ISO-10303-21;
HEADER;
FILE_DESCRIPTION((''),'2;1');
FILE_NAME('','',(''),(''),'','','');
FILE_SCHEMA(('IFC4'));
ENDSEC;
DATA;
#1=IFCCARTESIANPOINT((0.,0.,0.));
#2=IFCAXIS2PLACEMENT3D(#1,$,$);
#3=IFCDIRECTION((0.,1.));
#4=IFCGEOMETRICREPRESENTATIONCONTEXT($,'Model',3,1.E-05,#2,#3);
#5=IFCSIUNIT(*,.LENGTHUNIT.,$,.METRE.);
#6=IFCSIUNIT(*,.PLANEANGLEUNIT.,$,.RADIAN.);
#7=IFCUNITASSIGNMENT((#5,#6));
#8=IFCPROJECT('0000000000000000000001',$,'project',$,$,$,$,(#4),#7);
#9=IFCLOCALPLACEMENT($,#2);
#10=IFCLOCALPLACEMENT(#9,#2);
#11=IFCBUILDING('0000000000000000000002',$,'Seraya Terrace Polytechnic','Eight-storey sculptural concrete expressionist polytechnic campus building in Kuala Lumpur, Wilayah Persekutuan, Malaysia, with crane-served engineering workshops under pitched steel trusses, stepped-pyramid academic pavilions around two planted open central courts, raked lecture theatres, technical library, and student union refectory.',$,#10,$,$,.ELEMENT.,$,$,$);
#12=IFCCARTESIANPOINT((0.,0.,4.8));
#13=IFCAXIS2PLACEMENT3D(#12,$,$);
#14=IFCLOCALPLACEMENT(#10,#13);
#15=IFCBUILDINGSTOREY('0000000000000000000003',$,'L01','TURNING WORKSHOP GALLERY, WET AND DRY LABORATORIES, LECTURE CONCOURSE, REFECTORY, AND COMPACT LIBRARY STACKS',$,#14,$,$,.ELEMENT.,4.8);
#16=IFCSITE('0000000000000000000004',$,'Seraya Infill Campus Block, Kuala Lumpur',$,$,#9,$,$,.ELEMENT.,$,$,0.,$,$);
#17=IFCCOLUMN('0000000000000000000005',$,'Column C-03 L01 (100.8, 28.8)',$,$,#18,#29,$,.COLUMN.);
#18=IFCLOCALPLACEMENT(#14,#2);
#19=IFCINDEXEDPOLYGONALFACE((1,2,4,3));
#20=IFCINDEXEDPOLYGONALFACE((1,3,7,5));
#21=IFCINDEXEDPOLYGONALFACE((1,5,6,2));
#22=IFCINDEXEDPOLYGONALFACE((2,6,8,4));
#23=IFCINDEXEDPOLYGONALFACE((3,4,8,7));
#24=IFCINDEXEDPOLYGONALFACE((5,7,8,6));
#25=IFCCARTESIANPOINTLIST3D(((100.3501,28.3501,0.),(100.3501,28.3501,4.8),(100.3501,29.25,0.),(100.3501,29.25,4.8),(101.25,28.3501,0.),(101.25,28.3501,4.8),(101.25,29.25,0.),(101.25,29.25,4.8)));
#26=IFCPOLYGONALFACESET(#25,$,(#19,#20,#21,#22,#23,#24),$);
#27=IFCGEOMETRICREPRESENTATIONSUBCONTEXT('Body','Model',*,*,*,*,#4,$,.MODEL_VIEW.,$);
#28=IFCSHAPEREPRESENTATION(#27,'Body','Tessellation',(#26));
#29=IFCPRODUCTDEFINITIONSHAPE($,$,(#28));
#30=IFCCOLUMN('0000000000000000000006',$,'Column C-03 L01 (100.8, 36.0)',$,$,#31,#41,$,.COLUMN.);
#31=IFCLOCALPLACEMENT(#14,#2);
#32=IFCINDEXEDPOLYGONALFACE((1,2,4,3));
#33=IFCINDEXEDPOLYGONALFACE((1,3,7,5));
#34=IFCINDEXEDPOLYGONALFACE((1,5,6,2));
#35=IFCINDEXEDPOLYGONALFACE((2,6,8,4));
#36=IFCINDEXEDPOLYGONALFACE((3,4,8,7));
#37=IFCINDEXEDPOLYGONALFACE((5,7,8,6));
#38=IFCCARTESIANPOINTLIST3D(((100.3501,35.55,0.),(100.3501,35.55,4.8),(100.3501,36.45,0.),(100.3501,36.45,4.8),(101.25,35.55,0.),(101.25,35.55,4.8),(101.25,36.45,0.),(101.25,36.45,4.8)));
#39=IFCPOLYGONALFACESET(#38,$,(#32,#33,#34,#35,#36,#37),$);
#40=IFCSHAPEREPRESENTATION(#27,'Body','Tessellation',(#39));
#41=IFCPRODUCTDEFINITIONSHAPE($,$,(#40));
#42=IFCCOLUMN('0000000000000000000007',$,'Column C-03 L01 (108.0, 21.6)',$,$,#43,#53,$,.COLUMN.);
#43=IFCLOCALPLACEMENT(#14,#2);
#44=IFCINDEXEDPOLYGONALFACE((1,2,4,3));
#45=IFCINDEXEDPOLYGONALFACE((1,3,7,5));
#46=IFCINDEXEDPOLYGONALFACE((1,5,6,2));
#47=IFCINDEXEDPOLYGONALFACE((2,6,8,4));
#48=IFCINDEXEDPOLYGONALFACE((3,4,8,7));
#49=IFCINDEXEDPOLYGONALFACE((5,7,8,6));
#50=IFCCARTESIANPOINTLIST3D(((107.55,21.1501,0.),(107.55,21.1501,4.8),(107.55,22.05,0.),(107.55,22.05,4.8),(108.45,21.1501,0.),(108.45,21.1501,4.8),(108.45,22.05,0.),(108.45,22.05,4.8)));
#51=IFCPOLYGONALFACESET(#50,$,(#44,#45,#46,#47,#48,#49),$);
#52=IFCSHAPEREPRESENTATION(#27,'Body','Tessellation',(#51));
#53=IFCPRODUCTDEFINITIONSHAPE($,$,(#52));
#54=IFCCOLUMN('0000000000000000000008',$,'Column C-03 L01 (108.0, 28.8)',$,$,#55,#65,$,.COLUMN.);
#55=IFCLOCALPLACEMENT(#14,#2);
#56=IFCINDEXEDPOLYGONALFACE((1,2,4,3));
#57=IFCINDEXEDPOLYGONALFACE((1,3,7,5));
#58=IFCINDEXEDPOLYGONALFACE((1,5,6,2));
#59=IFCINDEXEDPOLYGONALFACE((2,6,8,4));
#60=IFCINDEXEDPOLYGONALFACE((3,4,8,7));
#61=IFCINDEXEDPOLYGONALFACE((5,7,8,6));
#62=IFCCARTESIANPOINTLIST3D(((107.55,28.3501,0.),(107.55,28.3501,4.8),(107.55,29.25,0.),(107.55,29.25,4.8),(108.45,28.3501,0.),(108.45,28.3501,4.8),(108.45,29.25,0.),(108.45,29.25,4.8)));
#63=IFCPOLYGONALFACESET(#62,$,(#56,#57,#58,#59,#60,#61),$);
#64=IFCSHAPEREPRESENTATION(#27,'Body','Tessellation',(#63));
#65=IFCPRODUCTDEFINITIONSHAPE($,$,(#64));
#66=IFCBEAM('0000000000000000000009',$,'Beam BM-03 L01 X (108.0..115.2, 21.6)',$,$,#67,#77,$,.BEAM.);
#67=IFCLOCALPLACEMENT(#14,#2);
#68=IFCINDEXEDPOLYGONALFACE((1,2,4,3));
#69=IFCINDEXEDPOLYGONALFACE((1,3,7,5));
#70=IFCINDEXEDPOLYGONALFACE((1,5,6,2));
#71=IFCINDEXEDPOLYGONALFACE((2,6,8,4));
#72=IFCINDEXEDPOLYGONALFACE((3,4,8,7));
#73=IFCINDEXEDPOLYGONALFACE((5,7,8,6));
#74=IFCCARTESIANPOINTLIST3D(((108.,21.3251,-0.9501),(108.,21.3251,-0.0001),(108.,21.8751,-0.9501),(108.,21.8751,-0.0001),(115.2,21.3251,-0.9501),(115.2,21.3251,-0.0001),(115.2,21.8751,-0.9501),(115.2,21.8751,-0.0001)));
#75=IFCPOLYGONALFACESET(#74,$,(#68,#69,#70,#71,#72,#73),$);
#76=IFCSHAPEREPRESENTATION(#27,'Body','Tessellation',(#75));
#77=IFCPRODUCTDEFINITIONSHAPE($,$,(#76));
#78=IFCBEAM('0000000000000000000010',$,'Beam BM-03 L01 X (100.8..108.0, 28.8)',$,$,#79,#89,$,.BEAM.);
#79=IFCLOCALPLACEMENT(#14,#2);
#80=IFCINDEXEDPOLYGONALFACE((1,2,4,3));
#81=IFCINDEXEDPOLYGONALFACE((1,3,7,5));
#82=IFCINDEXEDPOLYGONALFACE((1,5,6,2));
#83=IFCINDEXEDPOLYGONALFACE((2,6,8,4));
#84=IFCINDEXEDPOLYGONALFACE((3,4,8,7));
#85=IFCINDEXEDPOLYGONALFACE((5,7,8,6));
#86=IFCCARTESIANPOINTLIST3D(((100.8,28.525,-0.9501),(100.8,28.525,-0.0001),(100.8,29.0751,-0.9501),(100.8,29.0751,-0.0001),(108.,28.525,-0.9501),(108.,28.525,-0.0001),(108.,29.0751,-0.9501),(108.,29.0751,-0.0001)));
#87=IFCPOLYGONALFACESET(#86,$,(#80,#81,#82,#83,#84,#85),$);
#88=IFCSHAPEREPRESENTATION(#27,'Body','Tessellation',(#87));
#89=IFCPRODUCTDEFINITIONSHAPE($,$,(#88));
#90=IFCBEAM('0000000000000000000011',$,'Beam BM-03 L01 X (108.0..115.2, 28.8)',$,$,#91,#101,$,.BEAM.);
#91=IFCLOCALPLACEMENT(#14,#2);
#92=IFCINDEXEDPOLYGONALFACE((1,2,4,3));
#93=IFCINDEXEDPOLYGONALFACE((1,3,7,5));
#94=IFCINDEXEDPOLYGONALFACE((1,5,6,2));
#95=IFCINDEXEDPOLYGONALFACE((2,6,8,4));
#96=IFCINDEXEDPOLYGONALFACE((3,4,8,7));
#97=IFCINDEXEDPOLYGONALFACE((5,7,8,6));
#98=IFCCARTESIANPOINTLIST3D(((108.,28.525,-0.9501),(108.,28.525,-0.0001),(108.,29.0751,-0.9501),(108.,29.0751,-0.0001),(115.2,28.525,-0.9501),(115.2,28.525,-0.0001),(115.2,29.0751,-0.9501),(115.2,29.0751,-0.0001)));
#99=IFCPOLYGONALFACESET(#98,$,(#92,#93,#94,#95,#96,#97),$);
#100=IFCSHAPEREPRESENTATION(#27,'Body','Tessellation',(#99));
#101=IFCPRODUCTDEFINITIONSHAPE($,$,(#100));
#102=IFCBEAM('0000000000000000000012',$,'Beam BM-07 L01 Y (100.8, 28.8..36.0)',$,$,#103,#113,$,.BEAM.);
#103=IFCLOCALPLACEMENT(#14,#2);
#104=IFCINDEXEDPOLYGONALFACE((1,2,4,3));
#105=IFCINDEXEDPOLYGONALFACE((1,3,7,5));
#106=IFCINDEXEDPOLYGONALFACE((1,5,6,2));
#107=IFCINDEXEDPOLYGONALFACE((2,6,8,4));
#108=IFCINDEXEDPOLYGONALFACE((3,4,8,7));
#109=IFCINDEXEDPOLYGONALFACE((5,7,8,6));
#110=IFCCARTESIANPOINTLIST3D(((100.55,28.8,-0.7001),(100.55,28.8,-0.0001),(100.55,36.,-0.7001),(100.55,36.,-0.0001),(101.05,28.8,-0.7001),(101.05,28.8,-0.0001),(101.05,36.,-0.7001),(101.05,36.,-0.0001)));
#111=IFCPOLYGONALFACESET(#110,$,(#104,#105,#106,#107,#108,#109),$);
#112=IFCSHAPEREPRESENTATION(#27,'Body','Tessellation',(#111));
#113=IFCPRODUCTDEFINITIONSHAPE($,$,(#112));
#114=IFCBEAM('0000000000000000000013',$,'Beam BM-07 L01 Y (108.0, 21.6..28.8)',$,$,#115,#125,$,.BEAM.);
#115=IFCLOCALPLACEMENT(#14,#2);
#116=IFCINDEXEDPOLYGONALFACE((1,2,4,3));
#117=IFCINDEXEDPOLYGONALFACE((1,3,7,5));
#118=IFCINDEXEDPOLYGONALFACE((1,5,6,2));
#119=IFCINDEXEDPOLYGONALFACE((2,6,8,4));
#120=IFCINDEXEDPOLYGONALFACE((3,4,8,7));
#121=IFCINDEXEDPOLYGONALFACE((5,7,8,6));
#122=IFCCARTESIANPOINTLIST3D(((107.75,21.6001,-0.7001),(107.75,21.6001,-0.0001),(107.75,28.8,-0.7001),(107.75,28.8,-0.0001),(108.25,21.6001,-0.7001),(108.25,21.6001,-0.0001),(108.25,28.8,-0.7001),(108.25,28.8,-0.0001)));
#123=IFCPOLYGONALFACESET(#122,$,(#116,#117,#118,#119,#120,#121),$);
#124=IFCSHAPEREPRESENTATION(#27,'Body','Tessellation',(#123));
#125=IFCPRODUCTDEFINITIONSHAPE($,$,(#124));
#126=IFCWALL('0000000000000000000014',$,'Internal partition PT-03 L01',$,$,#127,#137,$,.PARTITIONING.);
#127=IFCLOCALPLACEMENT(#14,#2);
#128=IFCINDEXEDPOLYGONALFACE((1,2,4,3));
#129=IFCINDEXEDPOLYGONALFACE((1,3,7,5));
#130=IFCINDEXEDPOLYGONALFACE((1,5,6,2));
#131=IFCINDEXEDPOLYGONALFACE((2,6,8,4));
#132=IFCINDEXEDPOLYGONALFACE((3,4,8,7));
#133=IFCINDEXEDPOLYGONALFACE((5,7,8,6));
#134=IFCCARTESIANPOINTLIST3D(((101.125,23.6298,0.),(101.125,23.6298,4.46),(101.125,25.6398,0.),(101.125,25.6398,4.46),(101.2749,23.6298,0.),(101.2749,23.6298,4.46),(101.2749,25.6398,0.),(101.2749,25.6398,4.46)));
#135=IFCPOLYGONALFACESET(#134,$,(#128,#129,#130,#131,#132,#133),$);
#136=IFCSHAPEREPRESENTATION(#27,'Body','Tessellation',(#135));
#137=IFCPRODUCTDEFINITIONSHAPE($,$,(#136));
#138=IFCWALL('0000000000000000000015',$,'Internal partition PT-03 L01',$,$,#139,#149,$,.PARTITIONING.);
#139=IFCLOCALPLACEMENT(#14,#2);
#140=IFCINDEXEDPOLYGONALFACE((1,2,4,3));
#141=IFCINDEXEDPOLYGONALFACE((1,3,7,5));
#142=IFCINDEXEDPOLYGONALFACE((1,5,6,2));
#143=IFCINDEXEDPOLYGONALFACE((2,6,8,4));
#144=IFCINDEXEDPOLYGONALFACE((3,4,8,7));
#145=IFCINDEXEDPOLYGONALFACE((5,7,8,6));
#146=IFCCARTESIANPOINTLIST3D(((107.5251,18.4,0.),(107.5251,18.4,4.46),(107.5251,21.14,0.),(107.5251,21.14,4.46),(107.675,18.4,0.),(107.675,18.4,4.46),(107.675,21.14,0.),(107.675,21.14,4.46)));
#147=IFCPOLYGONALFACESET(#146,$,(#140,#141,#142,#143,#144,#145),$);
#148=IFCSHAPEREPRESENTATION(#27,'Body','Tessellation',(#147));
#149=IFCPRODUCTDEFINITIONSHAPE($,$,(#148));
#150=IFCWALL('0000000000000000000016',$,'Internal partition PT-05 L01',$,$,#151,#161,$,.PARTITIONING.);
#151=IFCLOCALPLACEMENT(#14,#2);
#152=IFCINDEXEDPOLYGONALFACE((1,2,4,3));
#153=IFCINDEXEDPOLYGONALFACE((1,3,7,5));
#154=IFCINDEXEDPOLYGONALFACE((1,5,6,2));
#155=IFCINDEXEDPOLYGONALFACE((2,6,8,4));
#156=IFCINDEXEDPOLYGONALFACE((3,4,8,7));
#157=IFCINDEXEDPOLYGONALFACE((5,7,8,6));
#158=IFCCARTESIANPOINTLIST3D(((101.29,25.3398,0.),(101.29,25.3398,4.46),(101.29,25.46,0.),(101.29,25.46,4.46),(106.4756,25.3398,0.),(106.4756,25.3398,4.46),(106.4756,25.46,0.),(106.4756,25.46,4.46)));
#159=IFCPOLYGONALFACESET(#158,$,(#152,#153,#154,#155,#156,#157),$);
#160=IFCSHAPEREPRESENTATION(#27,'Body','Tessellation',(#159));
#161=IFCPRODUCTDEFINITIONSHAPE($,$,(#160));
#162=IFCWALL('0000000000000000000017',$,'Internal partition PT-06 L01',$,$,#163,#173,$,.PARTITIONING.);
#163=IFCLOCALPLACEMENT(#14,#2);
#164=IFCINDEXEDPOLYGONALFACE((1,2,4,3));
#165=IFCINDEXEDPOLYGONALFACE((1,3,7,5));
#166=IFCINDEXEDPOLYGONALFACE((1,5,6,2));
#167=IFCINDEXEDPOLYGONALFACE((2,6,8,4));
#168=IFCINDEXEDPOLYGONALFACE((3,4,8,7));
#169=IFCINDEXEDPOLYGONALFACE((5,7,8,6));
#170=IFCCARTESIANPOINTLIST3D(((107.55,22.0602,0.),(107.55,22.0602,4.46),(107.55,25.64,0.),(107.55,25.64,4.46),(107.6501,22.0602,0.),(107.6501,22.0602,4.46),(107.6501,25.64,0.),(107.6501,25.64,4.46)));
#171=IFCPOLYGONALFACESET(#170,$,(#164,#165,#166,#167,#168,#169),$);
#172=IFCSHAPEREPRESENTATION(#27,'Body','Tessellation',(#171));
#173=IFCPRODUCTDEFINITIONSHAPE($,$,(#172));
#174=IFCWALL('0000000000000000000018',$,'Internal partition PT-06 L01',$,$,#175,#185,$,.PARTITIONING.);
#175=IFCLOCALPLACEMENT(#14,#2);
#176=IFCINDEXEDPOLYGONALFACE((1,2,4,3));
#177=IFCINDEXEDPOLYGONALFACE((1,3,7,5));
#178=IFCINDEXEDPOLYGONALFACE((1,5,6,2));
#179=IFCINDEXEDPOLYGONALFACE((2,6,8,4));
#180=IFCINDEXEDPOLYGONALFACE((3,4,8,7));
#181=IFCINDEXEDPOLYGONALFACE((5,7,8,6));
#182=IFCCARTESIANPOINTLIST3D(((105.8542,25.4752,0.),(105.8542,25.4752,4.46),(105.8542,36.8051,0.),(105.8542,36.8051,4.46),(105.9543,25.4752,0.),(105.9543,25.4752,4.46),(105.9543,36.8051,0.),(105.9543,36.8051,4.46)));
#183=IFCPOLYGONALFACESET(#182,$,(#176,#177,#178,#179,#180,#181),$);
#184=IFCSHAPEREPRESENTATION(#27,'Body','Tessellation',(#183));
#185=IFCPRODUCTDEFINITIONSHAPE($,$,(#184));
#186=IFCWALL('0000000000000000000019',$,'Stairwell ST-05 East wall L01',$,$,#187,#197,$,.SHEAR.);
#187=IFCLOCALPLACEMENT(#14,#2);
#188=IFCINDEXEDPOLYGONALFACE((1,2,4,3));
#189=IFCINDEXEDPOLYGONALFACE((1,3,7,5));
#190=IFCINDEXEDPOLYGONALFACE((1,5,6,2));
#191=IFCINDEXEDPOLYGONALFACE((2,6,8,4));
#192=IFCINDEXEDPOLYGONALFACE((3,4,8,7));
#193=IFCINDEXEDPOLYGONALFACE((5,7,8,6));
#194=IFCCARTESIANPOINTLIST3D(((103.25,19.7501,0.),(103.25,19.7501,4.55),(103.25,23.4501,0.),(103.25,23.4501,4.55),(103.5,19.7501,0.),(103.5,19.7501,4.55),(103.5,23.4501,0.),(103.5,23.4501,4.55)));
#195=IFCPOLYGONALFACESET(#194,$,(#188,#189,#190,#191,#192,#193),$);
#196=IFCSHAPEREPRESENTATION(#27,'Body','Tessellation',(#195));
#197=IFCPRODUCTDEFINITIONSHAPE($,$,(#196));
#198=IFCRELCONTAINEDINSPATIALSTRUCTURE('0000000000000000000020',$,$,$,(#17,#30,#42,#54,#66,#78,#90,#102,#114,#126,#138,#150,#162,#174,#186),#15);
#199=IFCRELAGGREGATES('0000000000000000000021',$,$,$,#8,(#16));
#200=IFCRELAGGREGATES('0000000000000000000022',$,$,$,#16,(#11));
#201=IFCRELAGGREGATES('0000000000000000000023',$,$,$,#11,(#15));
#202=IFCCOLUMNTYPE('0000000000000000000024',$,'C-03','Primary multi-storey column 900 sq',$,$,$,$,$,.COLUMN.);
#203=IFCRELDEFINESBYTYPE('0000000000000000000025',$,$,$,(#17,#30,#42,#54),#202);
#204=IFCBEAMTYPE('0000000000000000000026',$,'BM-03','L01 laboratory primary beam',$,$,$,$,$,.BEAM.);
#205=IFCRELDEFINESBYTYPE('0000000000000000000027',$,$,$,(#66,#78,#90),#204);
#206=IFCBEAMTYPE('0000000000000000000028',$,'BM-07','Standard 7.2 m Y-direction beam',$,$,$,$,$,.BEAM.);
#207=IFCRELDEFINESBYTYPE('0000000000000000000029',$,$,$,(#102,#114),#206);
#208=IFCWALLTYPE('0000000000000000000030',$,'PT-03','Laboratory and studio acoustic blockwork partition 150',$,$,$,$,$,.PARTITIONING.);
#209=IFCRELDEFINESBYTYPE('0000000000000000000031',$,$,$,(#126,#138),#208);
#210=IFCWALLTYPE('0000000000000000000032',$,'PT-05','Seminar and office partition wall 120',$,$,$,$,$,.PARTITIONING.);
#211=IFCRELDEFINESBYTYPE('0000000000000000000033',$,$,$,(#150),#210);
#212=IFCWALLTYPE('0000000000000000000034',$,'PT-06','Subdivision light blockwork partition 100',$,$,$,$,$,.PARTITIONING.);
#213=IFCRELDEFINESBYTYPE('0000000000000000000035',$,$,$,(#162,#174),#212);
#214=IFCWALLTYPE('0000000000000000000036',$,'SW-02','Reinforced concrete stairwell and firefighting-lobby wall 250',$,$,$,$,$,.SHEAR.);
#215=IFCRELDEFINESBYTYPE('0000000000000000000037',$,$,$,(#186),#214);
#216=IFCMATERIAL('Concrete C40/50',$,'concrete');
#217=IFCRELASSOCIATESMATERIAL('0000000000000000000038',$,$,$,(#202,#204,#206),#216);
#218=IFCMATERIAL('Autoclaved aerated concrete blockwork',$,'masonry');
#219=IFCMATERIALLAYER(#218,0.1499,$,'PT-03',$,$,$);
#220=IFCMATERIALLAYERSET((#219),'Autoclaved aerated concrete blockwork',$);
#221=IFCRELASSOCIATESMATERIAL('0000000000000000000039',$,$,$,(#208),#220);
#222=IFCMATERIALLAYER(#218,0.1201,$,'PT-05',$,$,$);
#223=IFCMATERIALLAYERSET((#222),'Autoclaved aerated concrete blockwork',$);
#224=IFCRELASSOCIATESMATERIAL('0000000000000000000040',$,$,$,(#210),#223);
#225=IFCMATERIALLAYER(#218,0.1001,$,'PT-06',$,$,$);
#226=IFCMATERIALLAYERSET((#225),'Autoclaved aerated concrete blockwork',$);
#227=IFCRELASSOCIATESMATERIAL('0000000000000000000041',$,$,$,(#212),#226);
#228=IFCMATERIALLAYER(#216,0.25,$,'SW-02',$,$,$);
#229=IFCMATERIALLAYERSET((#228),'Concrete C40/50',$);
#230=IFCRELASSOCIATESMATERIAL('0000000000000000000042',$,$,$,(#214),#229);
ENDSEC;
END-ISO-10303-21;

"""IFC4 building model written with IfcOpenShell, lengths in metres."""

from ifc_helpers import new_model, si_unit, direction, frame, frame_2d, origin, origin_2d, place, context, subcontext, project, spatial, rectangle, extrude, material, layer, layer_set, material_profile, profile_set, type_object, element, save


model = new_model("IFC4")

# Units and contexts
model_context = context("Model", 3, precision=1e-05, world=origin(), true_north=direction((0.0, 1.0)))
body_context = subcontext(model_context, "Body", "Model", "MODEL_VIEW")
ifc_project = project(units=[si_unit("LENGTHUNIT", "METRE"), si_unit("PLANEANGLEUNIT", "RADIAN")], contexts=[model_context])

# Site, building, storey
site_placement = place(None, origin())
site = spatial("IfcSite", under=ifc_project, at=site_placement, Name="Seraya Infill Campus Block, Kuala Lumpur", CompositionType="ELEMENT", RefElevation=0.0)
building_placement = place(site_placement, origin())
building = spatial("IfcBuilding", under=site, at=building_placement, Name="Seraya Terrace Polytechnic", Description="Eight-storey sculptural concrete expressionist polytechnic campus building in Kuala Lumpur, Wilayah Persekutuan, Malaysia, with crane-served engineering workshops under pitched steel trusses, stepped-pyramid academic pavilions around two planted open central courts, raked lecture theatres, technical library, and student union refectory.", CompositionType="ELEMENT")
storey_placement = place(building_placement, frame((0.0, 0.0, 4.8)))
storey = spatial("IfcBuildingStorey", under=building, at=storey_placement, Name="L01", Description="TURNING WORKSHOP GALLERY, WET AND DRY LABORATORIES, LECTURE CONCOURSE, REFECTORY, AND COMPACT LIBRARY STACKS", CompositionType="ELEMENT", Elevation=4.8)

# Columns
ifc_material_1 = material(Name="Concrete C40/50", Category="concrete")
ifc_material_profile_1 = material_profile(ifc_material_1, rectangle(XDim=0.8999, YDim=0.8999, at=origin_2d()), Name="RC 900x900")
ifc_profile_set_1 = profile_set([ifc_material_profile_1], Name="Concrete C40/50")
column_type = type_object("IfcColumnType", Name="C-03", Description="Primary multi-storey column 900 sq", PredefinedType="COLUMN", material=ifc_profile_set_1)
for number, where, z_axis, x_axis, name in (
    (1, (100.8, 28.8, 0.0), (0.0, 0.0, 1.0), (1.0, 0.0, 0.0), "Column C-03 L01 (100.8, 28.8)"),
    (2, (100.8, 36.0, 0.0), (0.0, 0.0, 1.0), (1.0, 0.0, 0.0), "Column C-03 L01 (100.8, 36.0)"),
    (3, (108.0, 21.6001, 0.0), (0.0, 0.0, 1.0), (1.0, 0.0, 0.0), "Column C-03 L01 (108.0, 21.6)"),
    (4, (108.0, 28.8, 0.0), (0.0, 0.0, 1.0), (1.0, 0.0, 0.0), "Column C-03 L01 (108.0, 28.8)"),
):
    element("IfcColumn", number, at=place(storey_placement, frame(where, z_axis=z_axis, x_axis=x_axis)), inside=storey, type_object=column_type, Name=name, PredefinedType="COLUMN", context=body_context, shape_type="SweptSolid", body=[
        extrude(rectangle(XDim=0.8999, YDim=0.8999, at=origin_2d()), origin(), (0.0, 0.0, 1.0), 4.8),
    ])

# Beams
ifc_material_profile_2 = material_profile(ifc_material_1, rectangle(XDim=0.55, YDim=0.95, at=origin_2d()), Name="RC 550x950")
ifc_profile_set_2 = profile_set([ifc_material_profile_2], Name="Concrete C40/50")
beam_type_1 = type_object("IfcBeamType", Name="BM-03", Description="L01 laboratory primary beam", PredefinedType="BEAM", material=ifc_profile_set_2)
for number, where, z_axis, x_axis, name in (
    (5, (108.0, 21.6001, -0.4751), (1.0, 0.0, 0.0), (0.0, 1.0, 0.0), "Beam BM-03 L01 X (108.0..115.2, 21.6)"),
    (6, (100.8, 28.8, -0.4751), (1.0, 0.0, 0.0), (0.0, 1.0, 0.0), "Beam BM-03 L01 X (100.8..108.0, 28.8)"),
    (7, (108.0, 28.8, -0.4751), (1.0, 0.0, 0.0), (0.0, 1.0, 0.0), "Beam BM-03 L01 X (108.0..115.2, 28.8)"),
):
    element("IfcBeam", number, at=place(storey_placement, frame(where, z_axis=z_axis, x_axis=x_axis)), inside=storey, type_object=beam_type_1, Name=name, PredefinedType="BEAM", context=body_context, shape_type="SweptSolid", body=[
        extrude(rectangle(XDim=0.55, YDim=0.95, at=origin_2d()), origin(), (0.0, 0.0, 1.0), 7.2),
    ])
ifc_material_profile_3 = material_profile(ifc_material_1, rectangle(XDim=0.5, YDim=0.7, at=origin_2d()), Name="RC 500x700")
ifc_profile_set_3 = profile_set([ifc_material_profile_3], Name="Concrete C40/50")
beam_type_2 = type_object("IfcBeamType", Name="BM-07", Description="Standard 7.2 m Y-direction beam", PredefinedType="BEAM", material=ifc_profile_set_3)
for number, where, z_axis, x_axis, name in (
    (8, (100.8, 28.8, -0.3501), (0.0, 1.0, 0.0), (-1.0, 0.0, 0.0), "Beam BM-07 L01 Y (100.8, 28.8..36.0)"),
    (9, (108.0, 21.6001, -0.3501), (0.0, 1.0, 0.0), (-1.0, 0.0, 0.0), "Beam BM-07 L01 Y (108.0, 21.6..28.8)"),
):
    element("IfcBeam", number, at=place(storey_placement, frame(where, z_axis=z_axis, x_axis=x_axis)), inside=storey, type_object=beam_type_2, Name=name, PredefinedType="BEAM", context=body_context, shape_type="SweptSolid", body=[
        extrude(rectangle(XDim=0.5, YDim=0.7, at=origin_2d()), origin(), (0.0, 0.0, 1.0), 7.2),
    ])

# Walls
ifc_material_2 = material(Name="Autoclaved aerated concrete blockwork", Category="masonry")
ifc_layer_1 = layer(ifc_material_2, 0.1499, Name="PT-03")
ifc_layer_set_1 = layer_set([ifc_layer_1], Name="Autoclaved aerated concrete blockwork")
wall_type_1 = type_object("IfcWallType", Name="PT-03", Description="Laboratory and studio acoustic blockwork partition 150", PredefinedType="PARTITIONING", material=ifc_layer_set_1)
wall_1_placement = place(storey_placement, frame((101.2, 23.6299, 0.0), z_axis=(0.0, 0.0, 1.0), x_axis=(0.0, 1.0, 0.0)))
element("IfcWall", 10, at=wall_1_placement, inside=storey, type_object=wall_type_1, Name="Internal partition PT-03 L01", PredefinedType="PARTITIONING", context=body_context, shape_type="SweptSolid", body=[
    extrude(rectangle(XDim=2.01, YDim=0.1499, at=frame_2d((1.0049, 0.0))), origin(), (0.0, 0.0, 1.0), 4.46),
])
wall_2_placement = place(storey_placement, frame((107.6001, 18.3999, 0.0), z_axis=(0.0, 0.0, 1.0), x_axis=(0.0, 1.0, 0.0)))
element("IfcWall", 11, at=wall_2_placement, inside=storey, type_object=wall_type_1, Name="Internal partition PT-03 L01", PredefinedType="PARTITIONING", context=body_context, shape_type="SweptSolid", body=[
    extrude(rectangle(XDim=2.74, YDim=0.1499, at=frame_2d((1.3701, 0.0))), origin(), (0.0, 0.0, 1.0), 4.46),
])
ifc_layer_2 = layer(ifc_material_2, 0.1201, Name="PT-05")
ifc_layer_set_2 = layer_set([ifc_layer_2], Name="Autoclaved aerated concrete blockwork")
wall_type_2 = type_object("IfcWallType", Name="PT-05", Description="Seminar and office partition wall 120", PredefinedType="PARTITIONING", material=ifc_layer_set_2)
wall_3_placement = place(storey_placement, frame((101.29, 25.3999, 0.0), z_axis=(0.0, 0.0, 1.0), x_axis=(1.0, 0.0, 0.0)))
element("IfcWall", 12, at=wall_3_placement, inside=storey, type_object=wall_type_2, Name="Internal partition PT-05 L01", PredefinedType="PARTITIONING", context=body_context, shape_type="SweptSolid", body=[
    extrude(rectangle(XDim=5.1855, YDim=0.1201, at=frame_2d((2.5928, 0.0))), origin(), (0.0, 0.0, 1.0), 4.46),
])
ifc_layer_3 = layer(ifc_material_2, 0.1001, Name="PT-06")
ifc_layer_set_3 = layer_set([ifc_layer_3], Name="Autoclaved aerated concrete blockwork")
wall_type_3 = type_object("IfcWallType", Name="PT-06", Description="Subdivision light blockwork partition 100", PredefinedType="PARTITIONING", material=ifc_layer_set_3)
wall_4_placement = place(storey_placement, frame((107.6001, 22.0601, 0.0), z_axis=(0.0, 0.0, 1.0), x_axis=(0.0, 1.0, 0.0)))
element("IfcWall", 13, at=wall_4_placement, inside=storey, type_object=wall_type_3, Name="Internal partition PT-06 L01", PredefinedType="PARTITIONING", context=body_context, shape_type="SweptSolid", body=[
    extrude(rectangle(XDim=3.5798, YDim=0.1001, at=frame_2d((1.79, 0.0))), origin(), (0.0, 0.0, 1.0), 4.46),
])
wall_5_placement = place(storey_placement, frame((105.9043, 25.4751, 0.0), z_axis=(0.0, 0.0, 1.0), x_axis=(0.0, 1.0, 0.0)))
element("IfcWall", 14, at=wall_5_placement, inside=storey, type_object=wall_type_3, Name="Internal partition PT-06 L01", PredefinedType="PARTITIONING", context=body_context, shape_type="SweptSolid", body=[
    extrude(rectangle(XDim=11.3298, YDim=0.1001, at=frame_2d((5.665, 0.0))), origin(), (0.0, 0.0, 1.0), 4.46),
])
ifc_layer_4 = layer(ifc_material_1, 0.25, Name="SW-02")
ifc_layer_set_4 = layer_set([ifc_layer_4], Name="Concrete C40/50")
wall_type_4 = type_object("IfcWallType", Name="SW-02", Description="Reinforced concrete stairwell and firefighting-lobby wall 250", PredefinedType="SHEAR", material=ifc_layer_set_4)
wall_6_placement = place(storey_placement, frame((103.375, 19.75, 0.0), z_axis=(0.0, 0.0, 1.0), x_axis=(0.0, 1.0, 0.0)))
element("IfcWall", 15, at=wall_6_placement, inside=storey, type_object=wall_type_4, Name="Stairwell ST-05 East wall L01", PredefinedType="SHEAR", context=body_context, shape_type="SweptSolid", body=[
    extrude(rectangle(XDim=3.7, YDim=0.25, at=frame_2d((1.8501, 0.0))), origin(), (0.0, 0.0, 1.0), 4.55),
])

save(model, "model.ifc")
